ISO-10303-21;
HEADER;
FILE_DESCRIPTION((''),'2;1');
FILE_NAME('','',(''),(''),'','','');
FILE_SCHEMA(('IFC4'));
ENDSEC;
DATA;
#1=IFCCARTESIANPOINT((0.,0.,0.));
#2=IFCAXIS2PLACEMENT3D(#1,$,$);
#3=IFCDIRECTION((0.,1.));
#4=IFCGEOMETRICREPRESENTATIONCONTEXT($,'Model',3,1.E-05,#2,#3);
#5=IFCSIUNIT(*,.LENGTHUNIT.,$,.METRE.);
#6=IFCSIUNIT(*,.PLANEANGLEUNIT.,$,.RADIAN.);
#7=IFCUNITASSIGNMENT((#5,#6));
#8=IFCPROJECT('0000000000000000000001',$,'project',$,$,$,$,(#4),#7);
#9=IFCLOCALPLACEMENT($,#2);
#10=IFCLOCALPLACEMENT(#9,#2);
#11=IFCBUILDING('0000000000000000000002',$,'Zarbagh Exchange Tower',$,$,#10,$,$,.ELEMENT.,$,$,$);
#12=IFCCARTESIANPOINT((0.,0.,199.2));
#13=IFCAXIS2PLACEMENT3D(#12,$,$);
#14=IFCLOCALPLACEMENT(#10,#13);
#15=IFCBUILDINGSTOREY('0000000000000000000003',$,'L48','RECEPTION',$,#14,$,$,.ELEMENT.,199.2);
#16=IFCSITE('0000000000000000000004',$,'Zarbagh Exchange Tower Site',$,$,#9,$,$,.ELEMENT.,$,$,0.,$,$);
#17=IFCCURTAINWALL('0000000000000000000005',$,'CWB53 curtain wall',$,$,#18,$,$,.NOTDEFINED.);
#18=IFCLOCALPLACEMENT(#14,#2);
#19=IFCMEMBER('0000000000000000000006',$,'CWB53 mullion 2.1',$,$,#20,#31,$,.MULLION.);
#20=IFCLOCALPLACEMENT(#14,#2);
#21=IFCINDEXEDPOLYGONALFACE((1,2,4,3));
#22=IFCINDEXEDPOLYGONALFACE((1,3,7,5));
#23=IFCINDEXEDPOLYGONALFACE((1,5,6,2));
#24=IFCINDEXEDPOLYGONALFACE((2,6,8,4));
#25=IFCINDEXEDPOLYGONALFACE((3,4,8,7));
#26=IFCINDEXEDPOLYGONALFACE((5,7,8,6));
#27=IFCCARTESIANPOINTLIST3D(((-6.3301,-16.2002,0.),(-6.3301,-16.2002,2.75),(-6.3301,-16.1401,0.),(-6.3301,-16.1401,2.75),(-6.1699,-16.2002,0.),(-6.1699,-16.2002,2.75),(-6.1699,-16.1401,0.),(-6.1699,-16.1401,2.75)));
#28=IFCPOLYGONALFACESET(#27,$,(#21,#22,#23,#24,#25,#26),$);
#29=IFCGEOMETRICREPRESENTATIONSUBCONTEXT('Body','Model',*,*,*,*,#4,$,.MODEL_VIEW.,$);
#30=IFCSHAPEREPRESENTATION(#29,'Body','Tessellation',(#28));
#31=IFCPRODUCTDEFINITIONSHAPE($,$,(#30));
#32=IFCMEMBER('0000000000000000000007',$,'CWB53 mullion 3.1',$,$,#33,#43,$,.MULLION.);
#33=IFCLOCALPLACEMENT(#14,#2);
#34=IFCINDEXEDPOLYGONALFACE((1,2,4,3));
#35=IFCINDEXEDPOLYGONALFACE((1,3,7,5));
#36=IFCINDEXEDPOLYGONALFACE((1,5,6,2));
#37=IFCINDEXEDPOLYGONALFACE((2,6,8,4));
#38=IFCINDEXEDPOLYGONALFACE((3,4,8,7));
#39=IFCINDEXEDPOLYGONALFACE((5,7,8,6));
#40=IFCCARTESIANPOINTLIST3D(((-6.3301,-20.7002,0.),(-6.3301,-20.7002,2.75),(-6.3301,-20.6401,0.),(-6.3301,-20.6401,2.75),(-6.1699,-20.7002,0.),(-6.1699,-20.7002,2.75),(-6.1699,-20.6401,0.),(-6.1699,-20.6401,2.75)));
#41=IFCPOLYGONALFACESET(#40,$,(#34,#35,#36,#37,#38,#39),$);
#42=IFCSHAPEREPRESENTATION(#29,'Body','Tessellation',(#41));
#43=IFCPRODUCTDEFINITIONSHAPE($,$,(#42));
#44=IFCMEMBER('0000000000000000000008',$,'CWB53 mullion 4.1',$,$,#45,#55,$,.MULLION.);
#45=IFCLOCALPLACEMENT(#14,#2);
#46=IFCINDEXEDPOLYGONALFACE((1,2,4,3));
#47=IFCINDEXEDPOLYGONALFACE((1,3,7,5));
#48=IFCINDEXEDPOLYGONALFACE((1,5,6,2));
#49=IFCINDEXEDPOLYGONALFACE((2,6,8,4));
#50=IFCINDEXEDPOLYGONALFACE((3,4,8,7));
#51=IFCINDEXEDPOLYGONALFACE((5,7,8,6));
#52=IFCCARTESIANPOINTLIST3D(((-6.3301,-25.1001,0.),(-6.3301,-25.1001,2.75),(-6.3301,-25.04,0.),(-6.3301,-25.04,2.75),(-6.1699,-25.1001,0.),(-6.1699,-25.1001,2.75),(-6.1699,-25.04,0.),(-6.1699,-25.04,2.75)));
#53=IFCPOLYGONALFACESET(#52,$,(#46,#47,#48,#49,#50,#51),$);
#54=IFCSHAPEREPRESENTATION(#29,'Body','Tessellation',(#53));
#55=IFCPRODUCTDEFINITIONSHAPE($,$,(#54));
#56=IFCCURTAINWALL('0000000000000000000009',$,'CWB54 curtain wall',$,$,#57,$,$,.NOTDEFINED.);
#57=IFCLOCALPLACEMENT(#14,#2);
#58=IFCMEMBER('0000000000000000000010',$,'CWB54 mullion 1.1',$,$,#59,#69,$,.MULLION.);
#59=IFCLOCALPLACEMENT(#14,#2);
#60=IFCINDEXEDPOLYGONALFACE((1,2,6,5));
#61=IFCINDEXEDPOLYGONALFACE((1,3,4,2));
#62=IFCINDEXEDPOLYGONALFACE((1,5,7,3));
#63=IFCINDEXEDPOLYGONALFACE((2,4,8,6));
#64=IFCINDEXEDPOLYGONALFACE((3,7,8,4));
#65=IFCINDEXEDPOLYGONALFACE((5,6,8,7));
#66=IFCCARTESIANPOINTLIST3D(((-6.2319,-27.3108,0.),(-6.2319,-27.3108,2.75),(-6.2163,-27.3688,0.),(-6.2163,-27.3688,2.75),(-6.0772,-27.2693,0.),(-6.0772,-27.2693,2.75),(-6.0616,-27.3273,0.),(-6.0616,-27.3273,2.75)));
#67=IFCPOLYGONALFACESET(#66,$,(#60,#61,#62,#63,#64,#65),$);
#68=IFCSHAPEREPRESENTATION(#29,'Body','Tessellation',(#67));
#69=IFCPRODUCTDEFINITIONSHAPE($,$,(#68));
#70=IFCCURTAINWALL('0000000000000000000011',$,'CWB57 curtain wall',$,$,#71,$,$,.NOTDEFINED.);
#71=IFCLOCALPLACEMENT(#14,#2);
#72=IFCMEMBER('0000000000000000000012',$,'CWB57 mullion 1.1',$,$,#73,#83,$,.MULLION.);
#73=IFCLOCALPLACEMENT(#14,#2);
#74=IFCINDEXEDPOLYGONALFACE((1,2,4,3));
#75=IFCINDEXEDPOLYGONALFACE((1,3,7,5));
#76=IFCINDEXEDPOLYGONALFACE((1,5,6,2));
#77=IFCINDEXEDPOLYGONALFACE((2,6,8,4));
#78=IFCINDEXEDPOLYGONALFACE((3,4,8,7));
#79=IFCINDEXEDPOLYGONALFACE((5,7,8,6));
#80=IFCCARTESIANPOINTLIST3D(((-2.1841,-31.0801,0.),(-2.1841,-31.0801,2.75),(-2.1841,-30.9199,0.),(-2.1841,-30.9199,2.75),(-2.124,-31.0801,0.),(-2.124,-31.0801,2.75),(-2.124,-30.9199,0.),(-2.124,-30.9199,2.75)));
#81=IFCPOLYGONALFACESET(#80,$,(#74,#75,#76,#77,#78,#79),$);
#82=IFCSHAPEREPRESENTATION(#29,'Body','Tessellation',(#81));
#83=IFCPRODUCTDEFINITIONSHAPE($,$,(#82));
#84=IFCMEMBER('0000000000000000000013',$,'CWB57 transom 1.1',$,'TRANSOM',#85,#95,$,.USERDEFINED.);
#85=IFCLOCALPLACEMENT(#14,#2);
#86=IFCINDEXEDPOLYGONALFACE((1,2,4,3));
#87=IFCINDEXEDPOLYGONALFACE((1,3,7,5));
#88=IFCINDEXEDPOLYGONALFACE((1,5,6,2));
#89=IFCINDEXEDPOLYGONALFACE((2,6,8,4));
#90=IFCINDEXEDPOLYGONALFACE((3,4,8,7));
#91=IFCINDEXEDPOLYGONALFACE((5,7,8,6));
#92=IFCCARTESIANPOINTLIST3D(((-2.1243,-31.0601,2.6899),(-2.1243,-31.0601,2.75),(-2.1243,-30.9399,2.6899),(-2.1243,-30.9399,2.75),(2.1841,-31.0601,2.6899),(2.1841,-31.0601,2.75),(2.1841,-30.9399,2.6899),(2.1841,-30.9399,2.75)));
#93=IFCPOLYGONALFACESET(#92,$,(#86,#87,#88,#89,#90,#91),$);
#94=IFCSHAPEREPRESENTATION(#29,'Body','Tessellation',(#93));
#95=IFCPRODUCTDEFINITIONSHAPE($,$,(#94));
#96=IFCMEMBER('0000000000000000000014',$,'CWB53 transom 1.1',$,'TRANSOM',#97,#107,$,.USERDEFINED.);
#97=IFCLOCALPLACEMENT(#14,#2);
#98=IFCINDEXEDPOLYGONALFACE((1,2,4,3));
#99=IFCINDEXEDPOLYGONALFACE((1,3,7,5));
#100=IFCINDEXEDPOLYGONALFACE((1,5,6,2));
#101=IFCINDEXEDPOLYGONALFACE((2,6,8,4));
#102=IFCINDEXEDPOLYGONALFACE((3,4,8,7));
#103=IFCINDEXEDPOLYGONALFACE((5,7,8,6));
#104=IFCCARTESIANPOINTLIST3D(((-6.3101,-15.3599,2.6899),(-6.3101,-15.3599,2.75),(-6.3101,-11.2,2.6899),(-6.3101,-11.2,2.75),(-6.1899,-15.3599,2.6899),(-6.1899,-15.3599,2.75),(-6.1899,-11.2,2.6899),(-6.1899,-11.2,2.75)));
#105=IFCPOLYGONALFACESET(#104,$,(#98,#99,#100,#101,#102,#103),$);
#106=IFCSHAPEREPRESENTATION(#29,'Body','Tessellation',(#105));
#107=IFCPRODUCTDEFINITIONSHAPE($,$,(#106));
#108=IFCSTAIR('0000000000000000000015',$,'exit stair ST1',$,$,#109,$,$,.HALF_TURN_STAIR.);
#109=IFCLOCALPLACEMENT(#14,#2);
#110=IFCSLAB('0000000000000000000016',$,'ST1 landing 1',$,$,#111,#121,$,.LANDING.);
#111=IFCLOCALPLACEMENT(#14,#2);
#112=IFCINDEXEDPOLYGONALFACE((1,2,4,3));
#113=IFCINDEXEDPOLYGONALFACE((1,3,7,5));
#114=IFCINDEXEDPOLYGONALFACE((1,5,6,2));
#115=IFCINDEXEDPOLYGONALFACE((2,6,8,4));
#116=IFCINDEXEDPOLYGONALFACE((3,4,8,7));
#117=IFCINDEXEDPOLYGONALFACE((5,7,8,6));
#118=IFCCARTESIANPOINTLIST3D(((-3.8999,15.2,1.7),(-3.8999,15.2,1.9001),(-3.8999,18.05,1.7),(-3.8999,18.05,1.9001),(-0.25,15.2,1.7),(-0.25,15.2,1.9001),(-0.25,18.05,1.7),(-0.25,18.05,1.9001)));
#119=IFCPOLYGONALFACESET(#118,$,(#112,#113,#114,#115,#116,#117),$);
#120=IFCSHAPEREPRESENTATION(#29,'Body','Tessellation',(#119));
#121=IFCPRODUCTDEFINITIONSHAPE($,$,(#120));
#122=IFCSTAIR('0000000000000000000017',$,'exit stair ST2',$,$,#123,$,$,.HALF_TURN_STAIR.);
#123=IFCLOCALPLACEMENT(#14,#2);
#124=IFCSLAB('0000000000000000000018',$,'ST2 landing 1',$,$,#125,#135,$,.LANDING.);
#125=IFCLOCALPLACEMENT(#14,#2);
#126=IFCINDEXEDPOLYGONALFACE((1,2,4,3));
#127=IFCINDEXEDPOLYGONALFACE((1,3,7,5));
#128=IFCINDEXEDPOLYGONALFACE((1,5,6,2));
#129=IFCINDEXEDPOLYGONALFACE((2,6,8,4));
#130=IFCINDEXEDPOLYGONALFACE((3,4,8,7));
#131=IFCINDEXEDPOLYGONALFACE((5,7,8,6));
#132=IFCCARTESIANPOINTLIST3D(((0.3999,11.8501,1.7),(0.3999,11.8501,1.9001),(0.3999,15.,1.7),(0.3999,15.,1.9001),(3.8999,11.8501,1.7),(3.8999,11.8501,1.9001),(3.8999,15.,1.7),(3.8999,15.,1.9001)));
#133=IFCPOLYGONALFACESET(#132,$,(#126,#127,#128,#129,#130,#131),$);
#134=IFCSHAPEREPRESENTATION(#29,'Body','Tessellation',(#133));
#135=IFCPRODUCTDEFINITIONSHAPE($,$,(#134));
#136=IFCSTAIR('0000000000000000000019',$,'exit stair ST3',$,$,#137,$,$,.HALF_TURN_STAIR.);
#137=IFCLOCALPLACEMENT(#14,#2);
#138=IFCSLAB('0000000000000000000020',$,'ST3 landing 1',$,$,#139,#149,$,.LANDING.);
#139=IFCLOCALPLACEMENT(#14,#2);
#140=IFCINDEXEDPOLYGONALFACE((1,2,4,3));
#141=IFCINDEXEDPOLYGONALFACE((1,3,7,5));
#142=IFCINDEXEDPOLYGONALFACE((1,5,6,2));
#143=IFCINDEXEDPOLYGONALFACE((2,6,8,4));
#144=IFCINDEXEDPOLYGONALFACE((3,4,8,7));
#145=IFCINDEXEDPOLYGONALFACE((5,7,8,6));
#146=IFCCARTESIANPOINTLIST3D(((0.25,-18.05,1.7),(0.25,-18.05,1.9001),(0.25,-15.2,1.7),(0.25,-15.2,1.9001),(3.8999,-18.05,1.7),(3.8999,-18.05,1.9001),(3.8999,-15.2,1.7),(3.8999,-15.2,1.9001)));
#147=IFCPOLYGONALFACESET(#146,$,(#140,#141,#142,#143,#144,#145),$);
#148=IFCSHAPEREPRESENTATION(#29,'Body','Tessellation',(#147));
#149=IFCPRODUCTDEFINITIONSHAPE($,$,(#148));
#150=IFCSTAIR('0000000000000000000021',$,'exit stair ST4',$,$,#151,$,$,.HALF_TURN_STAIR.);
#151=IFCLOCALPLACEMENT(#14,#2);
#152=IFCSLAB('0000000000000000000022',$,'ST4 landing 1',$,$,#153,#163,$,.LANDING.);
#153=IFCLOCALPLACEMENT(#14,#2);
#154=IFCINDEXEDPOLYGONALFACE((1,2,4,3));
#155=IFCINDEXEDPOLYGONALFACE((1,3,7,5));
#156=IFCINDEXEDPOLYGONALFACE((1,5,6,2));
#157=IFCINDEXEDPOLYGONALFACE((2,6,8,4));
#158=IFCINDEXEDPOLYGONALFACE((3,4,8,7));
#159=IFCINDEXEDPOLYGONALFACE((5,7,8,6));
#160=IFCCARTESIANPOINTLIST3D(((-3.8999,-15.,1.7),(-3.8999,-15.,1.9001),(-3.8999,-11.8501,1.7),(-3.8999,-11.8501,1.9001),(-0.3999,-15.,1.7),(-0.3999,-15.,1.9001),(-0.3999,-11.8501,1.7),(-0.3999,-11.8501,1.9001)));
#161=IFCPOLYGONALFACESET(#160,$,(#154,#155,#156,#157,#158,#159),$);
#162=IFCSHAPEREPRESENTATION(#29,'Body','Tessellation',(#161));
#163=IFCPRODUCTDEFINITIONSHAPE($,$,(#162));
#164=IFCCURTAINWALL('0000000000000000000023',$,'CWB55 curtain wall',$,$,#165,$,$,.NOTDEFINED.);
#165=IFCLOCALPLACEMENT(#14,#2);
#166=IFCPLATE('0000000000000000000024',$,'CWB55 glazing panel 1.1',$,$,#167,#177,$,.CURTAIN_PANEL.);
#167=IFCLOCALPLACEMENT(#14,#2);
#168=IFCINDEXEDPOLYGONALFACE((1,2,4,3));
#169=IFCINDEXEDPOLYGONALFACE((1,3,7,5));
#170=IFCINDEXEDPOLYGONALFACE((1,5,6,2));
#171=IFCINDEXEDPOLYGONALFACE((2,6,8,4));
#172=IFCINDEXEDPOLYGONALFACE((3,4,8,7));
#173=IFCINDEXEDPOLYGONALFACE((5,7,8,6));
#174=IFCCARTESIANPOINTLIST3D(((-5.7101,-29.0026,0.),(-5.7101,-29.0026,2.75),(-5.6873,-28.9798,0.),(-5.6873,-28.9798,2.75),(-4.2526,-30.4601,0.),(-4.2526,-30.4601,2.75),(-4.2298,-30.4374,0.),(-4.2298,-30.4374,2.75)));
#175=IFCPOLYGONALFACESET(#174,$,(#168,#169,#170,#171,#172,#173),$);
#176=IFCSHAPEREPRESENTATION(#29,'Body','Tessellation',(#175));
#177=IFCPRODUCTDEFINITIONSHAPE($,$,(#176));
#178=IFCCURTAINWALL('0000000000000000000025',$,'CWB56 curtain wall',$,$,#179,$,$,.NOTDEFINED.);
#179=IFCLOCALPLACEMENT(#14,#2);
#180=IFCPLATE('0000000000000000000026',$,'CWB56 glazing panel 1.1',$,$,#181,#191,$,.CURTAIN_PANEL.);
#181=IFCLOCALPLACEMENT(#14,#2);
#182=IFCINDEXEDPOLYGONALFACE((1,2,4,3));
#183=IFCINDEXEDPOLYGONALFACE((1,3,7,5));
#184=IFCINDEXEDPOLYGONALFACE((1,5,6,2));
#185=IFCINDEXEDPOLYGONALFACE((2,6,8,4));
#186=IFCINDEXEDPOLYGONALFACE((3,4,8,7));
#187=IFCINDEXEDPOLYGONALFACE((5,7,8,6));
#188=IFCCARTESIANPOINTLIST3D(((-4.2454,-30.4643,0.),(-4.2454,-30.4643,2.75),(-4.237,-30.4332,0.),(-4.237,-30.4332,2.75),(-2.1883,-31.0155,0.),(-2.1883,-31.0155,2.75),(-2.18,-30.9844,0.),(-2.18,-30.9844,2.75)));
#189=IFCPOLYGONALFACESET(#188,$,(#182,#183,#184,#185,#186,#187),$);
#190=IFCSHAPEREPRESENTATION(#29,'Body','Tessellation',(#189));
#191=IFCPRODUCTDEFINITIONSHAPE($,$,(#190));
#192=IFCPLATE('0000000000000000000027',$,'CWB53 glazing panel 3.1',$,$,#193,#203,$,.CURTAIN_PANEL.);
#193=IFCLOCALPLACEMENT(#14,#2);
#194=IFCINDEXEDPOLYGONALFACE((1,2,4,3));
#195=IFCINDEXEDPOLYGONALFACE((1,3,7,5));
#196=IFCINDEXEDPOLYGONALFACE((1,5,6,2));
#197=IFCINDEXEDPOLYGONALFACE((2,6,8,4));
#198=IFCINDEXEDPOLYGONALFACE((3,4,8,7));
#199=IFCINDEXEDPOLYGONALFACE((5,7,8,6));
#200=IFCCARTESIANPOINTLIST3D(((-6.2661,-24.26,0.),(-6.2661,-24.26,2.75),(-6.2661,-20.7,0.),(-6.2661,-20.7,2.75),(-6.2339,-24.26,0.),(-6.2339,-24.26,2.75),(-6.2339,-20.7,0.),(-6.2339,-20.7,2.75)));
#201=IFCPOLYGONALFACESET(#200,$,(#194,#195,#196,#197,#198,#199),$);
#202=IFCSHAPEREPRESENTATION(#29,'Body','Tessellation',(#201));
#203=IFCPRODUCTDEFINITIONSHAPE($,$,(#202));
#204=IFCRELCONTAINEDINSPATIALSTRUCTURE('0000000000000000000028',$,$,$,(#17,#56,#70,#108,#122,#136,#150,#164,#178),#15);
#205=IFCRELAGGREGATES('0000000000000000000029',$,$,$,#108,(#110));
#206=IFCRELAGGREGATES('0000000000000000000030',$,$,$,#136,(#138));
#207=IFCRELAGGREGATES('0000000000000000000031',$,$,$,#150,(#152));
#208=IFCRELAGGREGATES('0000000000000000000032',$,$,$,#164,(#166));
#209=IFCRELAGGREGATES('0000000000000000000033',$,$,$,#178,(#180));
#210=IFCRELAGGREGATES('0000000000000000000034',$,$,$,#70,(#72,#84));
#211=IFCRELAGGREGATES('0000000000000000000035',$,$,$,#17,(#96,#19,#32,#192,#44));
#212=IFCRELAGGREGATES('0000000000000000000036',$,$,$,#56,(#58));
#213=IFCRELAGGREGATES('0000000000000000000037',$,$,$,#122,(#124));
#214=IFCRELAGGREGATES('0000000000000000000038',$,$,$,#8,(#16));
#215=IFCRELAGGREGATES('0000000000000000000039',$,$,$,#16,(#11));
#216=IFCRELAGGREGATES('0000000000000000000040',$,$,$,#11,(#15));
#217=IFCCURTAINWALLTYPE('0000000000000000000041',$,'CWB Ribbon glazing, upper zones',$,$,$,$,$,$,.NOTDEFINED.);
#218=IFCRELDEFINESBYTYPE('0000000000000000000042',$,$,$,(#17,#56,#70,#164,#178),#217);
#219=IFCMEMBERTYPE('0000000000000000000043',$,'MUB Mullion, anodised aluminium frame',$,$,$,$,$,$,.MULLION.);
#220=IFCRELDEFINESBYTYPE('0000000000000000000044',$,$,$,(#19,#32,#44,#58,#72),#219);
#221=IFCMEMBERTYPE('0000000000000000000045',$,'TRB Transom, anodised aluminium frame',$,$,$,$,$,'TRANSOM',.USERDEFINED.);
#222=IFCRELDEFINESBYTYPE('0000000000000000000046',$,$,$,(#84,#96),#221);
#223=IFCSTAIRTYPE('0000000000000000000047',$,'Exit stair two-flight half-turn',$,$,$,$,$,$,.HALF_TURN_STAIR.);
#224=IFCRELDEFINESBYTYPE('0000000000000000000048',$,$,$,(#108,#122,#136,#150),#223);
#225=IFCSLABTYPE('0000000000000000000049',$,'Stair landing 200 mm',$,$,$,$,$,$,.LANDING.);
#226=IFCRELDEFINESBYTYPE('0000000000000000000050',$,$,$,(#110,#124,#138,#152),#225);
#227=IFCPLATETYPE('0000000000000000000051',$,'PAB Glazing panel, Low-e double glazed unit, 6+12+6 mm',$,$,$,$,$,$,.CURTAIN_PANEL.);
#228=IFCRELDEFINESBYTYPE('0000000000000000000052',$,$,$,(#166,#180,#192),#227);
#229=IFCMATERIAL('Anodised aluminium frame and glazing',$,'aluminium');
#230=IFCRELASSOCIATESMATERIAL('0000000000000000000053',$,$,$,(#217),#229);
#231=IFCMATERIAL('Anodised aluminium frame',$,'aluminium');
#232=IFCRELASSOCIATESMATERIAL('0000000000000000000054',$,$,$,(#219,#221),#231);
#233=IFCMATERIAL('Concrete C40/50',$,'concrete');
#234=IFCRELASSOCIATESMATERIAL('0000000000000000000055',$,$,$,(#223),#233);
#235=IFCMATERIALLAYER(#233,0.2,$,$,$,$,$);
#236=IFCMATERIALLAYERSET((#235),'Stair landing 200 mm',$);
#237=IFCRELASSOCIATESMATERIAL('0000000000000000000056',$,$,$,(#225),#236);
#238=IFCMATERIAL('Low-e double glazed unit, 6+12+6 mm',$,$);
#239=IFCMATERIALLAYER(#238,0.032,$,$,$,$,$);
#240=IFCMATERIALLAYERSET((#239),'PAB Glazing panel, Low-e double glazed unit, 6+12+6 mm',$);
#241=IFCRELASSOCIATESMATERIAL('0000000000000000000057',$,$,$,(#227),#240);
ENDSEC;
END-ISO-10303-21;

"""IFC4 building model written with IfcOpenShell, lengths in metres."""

from ifc_helpers import new_model, si_unit, direction, frame, origin, place, context, subcontext, project, spatial, polyline, outline, extrude, source, transform, mapped, material, layer, layer_set, type_object, element, aggregate, save


model = new_model("IFC4")

# Units and contexts
model_context = context("Model", 3, precision=1e-05, world=origin(), true_north=direction((0.0, 1.0)))
body_context = subcontext(model_context, "Body", "Model", "MODEL_VIEW")
ifc_project = project(units=[si_unit("LENGTHUNIT", "METRE"), si_unit("PLANEANGLEUNIT", "RADIAN")], contexts=[model_context])

# Site, building, storey
site_placement = place(None, origin())
site = spatial("IfcSite", under=ifc_project, at=site_placement, Name="Zarbagh Exchange Tower Site", CompositionType="ELEMENT", RefElevation=0.0)
building_placement = place(site_placement, origin())
building = spatial("IfcBuilding", under=site, at=building_placement, Name="Zarbagh Exchange Tower", CompositionType="ELEMENT")
storey_placement = place(building_placement, frame((0.0, 0.0, 199.2)))
storey = spatial("IfcBuildingStorey", under=building, at=storey_placement, Name="L48", Description="RECEPTION", CompositionType="ELEMENT", Elevation=199.2)

# Curtain wall, members
ifc_material_1 = material(Name="Anodised aluminium frame and glazing", Category="aluminium")
curtain_wall_type = type_object("IfcCurtainWallType", Name="CWB Ribbon glazing, upper zones", PredefinedType="NOTDEFINED", material=ifc_material_1)
curtain_wall_1_placement = place(storey_placement, origin())
curtain_wall_1 = element("IfcCurtainWall", 1, at=curtain_wall_1_placement, inside=storey, type_object=curtain_wall_type, Name="CWB53 curtain wall", PredefinedType="NOTDEFINED")
ifc_material_2 = material(Name="Anodised aluminium frame", Category="aluminium")
member_type_1 = type_object("IfcMemberType", Name="MUB Mullion, anodised aluminium frame", PredefinedType="MULLION", material=ifc_material_2)
shared_shape_1 = source(origin(), body_context, "Body", "SweptSolid", [
    extrude(outline(polyline([(0.0, -0.0801), (0.0601, -0.0801), (0.0601, 0.0801), (0.0, 0.0801), (0.0, -0.0801)])), origin(), (0.0, 0.0, 1.0), 2.75),
])
placement = place(storey_placement, origin())
member_1 = element("IfcMember", 2, at=placement, type_object=member_type_1, Name="CWB53 mullion 2.1", PredefinedType="MULLION", context=body_context, shape_type="MappedRepresentation", body=[
    mapped(shared_shape_1, transform((-6.25, -16.1401, 0.0), x_axis=(0.0, -1.0, 0.0), y_axis=(1.0, 0.0, 0.0), z_axis=(0.0, 0.0, 1.0))),
])
member_2 = element("IfcMember", 3, at=placement, type_object=member_type_1, Name="CWB53 mullion 3.1", PredefinedType="MULLION", context=body_context, shape_type="MappedRepresentation", body=[
    mapped(shared_shape_1, transform((-6.25, -20.6401, 0.0), x_axis=(0.0, -1.0, 0.0), y_axis=(1.0, 0.0, 0.0), z_axis=(0.0, 0.0, 1.0))),
])
member_3 = element("IfcMember", 4, at=placement, type_object=member_type_1, Name="CWB53 mullion 4.1", PredefinedType="MULLION", context=body_context, shape_type="MappedRepresentation", body=[
    mapped(shared_shape_1, transform((-6.25, -25.04, 0.0), x_axis=(0.0, -1.0, 0.0), y_axis=(1.0, 0.0, 0.0), z_axis=(0.0, 0.0, 1.0))),
])

# Curtain wall, member
curtain_wall_2_placement = place(storey_placement, origin())
curtain_wall_2 = element("IfcCurtainWall", 5, at=curtain_wall_2_placement, inside=storey, type_object=curtain_wall_type, Name="CWB54 curtain wall", PredefinedType="NOTDEFINED")
member_4 = element("IfcMember", 6, at=placement, type_object=member_type_1, Name="CWB54 mullion 1.1", PredefinedType="MULLION", context=body_context, shape_type="MappedRepresentation", body=[
    mapped(shared_shape_1, transform((-6.1545, -27.29, 0.0), x_axis=(0.258825, -0.965924, 0.0), y_axis=(0.965924, 0.258825, 0.0), z_axis=(0.0, 0.0, 1.0))),
])

# Curtain wall, members
curtain_wall_3_placement = place(storey_placement, origin())
curtain_wall_3 = element("IfcCurtainWall", 7, at=curtain_wall_3_placement, inside=storey, type_object=curtain_wall_type, Name="CWB57 curtain wall", PredefinedType="NOTDEFINED")
member_5 = element("IfcMember", 8, at=placement, type_object=member_type_1, Name="CWB57 mullion 1.1", PredefinedType="MULLION", context=body_context, shape_type="MappedRepresentation", body=[
    mapped(shared_shape_1, transform((-2.1841, -31.0, 0.0), x_axis=(1.0, 0.0, 0.0), y_axis=(0.0, 1.0, 0.0), z_axis=(0.0, 0.0, 1.0))),
])
member_type_2 = type_object("IfcMemberType", Name="TRB Transom, anodised aluminium frame", ElementType="TRANSOM", PredefinedType="USERDEFINED", material=ifc_material_2)
shared_shape_2 = source(origin(), body_context, "Body", "SweptSolid", [
    extrude(outline(polyline([(-0.0601, -0.0601), (0.0, -0.0601), (0.0, 0.0601), (-0.0601, 0.0601), (-0.0601, -0.0601)])), origin(), (0.0, 0.0, 1.0), 4.3083),
])
member_6 = element("IfcMember", 9, at=placement, type_object=member_type_2, Name="CWB57 transom 1.1", ObjectType="TRANSOM", PredefinedType="USERDEFINED", context=body_context, shape_type="MappedRepresentation", body=[
    mapped(shared_shape_2, transform((-2.1243, -31.0, 2.75), x_axis=(0.0, 0.0, 1.0), y_axis=(0.0, -1.0, 0.0), z_axis=(1.0, 0.0, 0.0))),
])

# Member
shared_shape_3 = source(origin(), body_context, "Body", "SweptSolid", [
    extrude(outline(polyline([(-0.0601, -0.0601), (0.0, -0.0601), (0.0, 0.0601), (-0.0601, 0.0601), (-0.0601, -0.0601)])), origin(), (0.0, 0.0, 1.0), 4.1599),
])
member_7 = element("IfcMember", 10, at=placement, type_object=member_type_2, Name="CWB53 transom 1.1", ObjectType="TRANSOM", PredefinedType="USERDEFINED", context=body_context, shape_type="MappedRepresentation", body=[
    mapped(shared_shape_3, transform((-6.25, -11.2, 2.75), x_axis=(0.0, 0.0, 1.0), y_axis=(-1.0, 0.0, 0.0), z_axis=(0.0, -1.0, 0.0))),
])

# Stairs, slabs
ifc_material_3 = material(Name="Concrete C40/50", Category="concrete")
stair_type = type_object("IfcStairType", Name="Exit stair two-flight half-turn", PredefinedType="HALF_TURN_STAIR", material=ifc_material_3)
stair_1_placement = place(storey_placement, origin())
stair_1 = element("IfcStair", 11, at=stair_1_placement, inside=storey, type_object=stair_type, Name="exit stair ST1", PredefinedType="HALF_TURN_STAIR")
ifc_layer_1 = layer(ifc_material_3, 0.2)
ifc_layer_set_1 = layer_set([ifc_layer_1], Name="Stair landing 200 mm")
slab_type = type_object("IfcSlabType", Name="Stair landing 200 mm", PredefinedType="LANDING", material=ifc_layer_set_1)
slab_1_placement = place(storey_placement, frame((0.0, 0.0, 1.7)))
slab_1 = element("IfcSlab", 12, at=slab_1_placement, type_object=slab_type, Name="ST1 landing 1", PredefinedType="LANDING", context=body_context, shape_type="SweptSolid", body=[
    extrude(outline(polyline([(-0.25, 18.05), (-3.8999, 18.05), (-3.8999, 15.2), (-0.25, 15.2), (-0.25, 18.05)])), origin(), (0.0, 0.0, 1.0), 0.2002),
])
aggregate(stair_1, [slab_1])
stair_2_placement = place(storey_placement, origin())
stair_2 = element("IfcStair", 13, at=stair_2_placement, inside=storey, type_object=stair_type, Name="exit stair ST2", PredefinedType="HALF_TURN_STAIR")
slab_2_placement = place(storey_placement, frame((0.0, 0.0, 1.7)))
slab_2 = element("IfcSlab", 14, at=slab_2_placement, type_object=slab_type, Name="ST2 landing 1", PredefinedType="LANDING", context=body_context, shape_type="SweptSolid", body=[
    extrude(outline(polyline([(0.3999, 11.8501), (3.8999, 11.8501), (3.8999, 15.0), (0.3999, 15.0), (0.3999, 11.8501)])), origin(), (0.0, 0.0, 1.0), 0.2002),
])
stair_3_placement = place(storey_placement, origin())
stair_3 = element("IfcStair", 15, at=stair_3_placement, inside=storey, type_object=stair_type, Name="exit stair ST3", PredefinedType="HALF_TURN_STAIR")
slab_3_placement = place(storey_placement, frame((0.0, 0.0, 1.7)))
slab_3 = element("IfcSlab", 16, at=slab_3_placement, type_object=slab_type, Name="ST3 landing 1", PredefinedType="LANDING", context=body_context, shape_type="SweptSolid", body=[
    extrude(outline(polyline([(0.25, -18.05), (3.8999, -18.05), (3.8999, -15.2), (0.25, -15.2), (0.25, -18.05)])), origin(), (0.0, 0.0, 1.0), 0.2002),
])
aggregate(stair_3, [slab_3])
stair_4_placement = place(storey_placement, origin())
stair_4 = element("IfcStair", 17, at=stair_4_placement, inside=storey, type_object=stair_type, Name="exit stair ST4", PredefinedType="HALF_TURN_STAIR")
slab_4_placement = place(storey_placement, frame((0.0, 0.0, 1.7)))
slab_4 = element("IfcSlab", 18, at=slab_4_placement, type_object=slab_type, Name="ST4 landing 1", PredefinedType="LANDING", context=body_context, shape_type="SweptSolid", body=[
    extrude(outline(polyline([(-0.3999, -11.8501), (-3.8999, -11.8501), (-3.8999, -15.0), (-0.3999, -15.0), (-0.3999, -11.8501)])), origin(), (0.0, 0.0, 1.0), 0.2002),
])
aggregate(stair_4, [slab_4])

# Curtain walls, plates
curtain_wall_4_placement = place(storey_placement, origin())
curtain_wall_4 = element("IfcCurtainWall", 19, at=curtain_wall_4_placement, inside=storey, type_object=curtain_wall_type, Name="CWB55 curtain wall", PredefinedType="NOTDEFINED")
ifc_material_4 = material(Name="Low-e double glazed unit, 6+12+6 mm")
ifc_layer_2 = layer(ifc_material_4, 0.032)
ifc_layer_set_2 = layer_set([ifc_layer_2], Name="PAB Glazing panel, Low-e double glazed unit, 6+12+6 mm")
plate_type = type_object("IfcPlateType", Name="PAB Glazing panel, Low-e double glazed unit, 6+12+6 mm", PredefinedType="CURTAIN_PANEL", material=ifc_layer_set_2)
shared_shape_4 = source(origin(), body_context, "Body", "SweptSolid", [
    extrude(outline(polyline([(0.0, -0.0161), (2.0613, -0.0161), (2.0613, 0.0161), (0.0, 0.0161), (0.0, -0.0161)])), origin(), (0.0, 0.0, 1.0), 2.75),
])
plate_1 = element("IfcPlate", 20, at=placement, type_object=plate_type, Name="CWB55 glazing panel 1.1", PredefinedType="CURTAIN_PANEL", context=body_context, shape_type="MappedRepresentation", body=[
    mapped(shared_shape_4, transform((-5.6987, -28.9912, 0.0), x_axis=(0.707107, -0.707107, 0.0), y_axis=(0.707107, 0.707107, 0.0), z_axis=(0.0, 0.0, 1.0))),
])
aggregate(curtain_wall_4, [plate_1])
curtain_wall_5_placement = place(storey_placement, origin())
curtain_wall_5 = element("IfcCurtainWall", 21, at=curtain_wall_5_placement, inside=storey, type_object=curtain_wall_type, Name="CWB56 curtain wall", PredefinedType="NOTDEFINED")
shared_shape_5 = source(origin(), body_context, "Body", "SweptSolid", [
    extrude(outline(polyline([(0.0, -0.0161), (2.1296, -0.0161), (2.1296, 0.0161), (0.0, 0.0161), (0.0, -0.0161)])), origin(), (0.0, 0.0, 1.0), 2.75),
])
plate_2 = element("IfcPlate", 22, at=placement, type_object=plate_type, Name="CWB56 glazing panel 1.1", PredefinedType="CURTAIN_PANEL", context=body_context, shape_type="MappedRepresentation", body=[
    mapped(shared_shape_5, transform((-4.2412, -30.4487, 0.0), x_axis=(0.965924, -0.258825, 0.0), y_axis=(0.258825, 0.965924, 0.0), z_axis=(0.0, 0.0, 1.0))),
])
aggregate(curtain_wall_5, [plate_2])

# Plate
shared_shape_6 = source(origin(), body_context, "Body", "SweptSolid", [
    extrude(outline(polyline([(0.0, -0.0161), (3.5601, -0.0161), (3.5601, 0.0161), (0.0, 0.0161), (0.0, -0.0161)])), origin(), (0.0, 0.0, 1.0), 2.75),
])
plate_3 = element("IfcPlate", 23, at=placement, type_object=plate_type, Name="CWB53 glazing panel 3.1", PredefinedType="CURTAIN_PANEL", context=body_context, shape_type="MappedRepresentation", body=[
    mapped(shared_shape_6, transform((-6.25, -20.7, 0.0), x_axis=(0.0, -1.0, 0.0), y_axis=(1.0, 0.0, 0.0), z_axis=(0.0, 0.0, 1.0))),
])
aggregate(curtain_wall_3, [member_5, member_6])
aggregate(curtain_wall_1, [member_7, member_1, member_2, plate_3, member_3])
aggregate(curtain_wall_2, [member_4])

aggregate(stair_2, [slab_2])

save(model, "model.ifc")
